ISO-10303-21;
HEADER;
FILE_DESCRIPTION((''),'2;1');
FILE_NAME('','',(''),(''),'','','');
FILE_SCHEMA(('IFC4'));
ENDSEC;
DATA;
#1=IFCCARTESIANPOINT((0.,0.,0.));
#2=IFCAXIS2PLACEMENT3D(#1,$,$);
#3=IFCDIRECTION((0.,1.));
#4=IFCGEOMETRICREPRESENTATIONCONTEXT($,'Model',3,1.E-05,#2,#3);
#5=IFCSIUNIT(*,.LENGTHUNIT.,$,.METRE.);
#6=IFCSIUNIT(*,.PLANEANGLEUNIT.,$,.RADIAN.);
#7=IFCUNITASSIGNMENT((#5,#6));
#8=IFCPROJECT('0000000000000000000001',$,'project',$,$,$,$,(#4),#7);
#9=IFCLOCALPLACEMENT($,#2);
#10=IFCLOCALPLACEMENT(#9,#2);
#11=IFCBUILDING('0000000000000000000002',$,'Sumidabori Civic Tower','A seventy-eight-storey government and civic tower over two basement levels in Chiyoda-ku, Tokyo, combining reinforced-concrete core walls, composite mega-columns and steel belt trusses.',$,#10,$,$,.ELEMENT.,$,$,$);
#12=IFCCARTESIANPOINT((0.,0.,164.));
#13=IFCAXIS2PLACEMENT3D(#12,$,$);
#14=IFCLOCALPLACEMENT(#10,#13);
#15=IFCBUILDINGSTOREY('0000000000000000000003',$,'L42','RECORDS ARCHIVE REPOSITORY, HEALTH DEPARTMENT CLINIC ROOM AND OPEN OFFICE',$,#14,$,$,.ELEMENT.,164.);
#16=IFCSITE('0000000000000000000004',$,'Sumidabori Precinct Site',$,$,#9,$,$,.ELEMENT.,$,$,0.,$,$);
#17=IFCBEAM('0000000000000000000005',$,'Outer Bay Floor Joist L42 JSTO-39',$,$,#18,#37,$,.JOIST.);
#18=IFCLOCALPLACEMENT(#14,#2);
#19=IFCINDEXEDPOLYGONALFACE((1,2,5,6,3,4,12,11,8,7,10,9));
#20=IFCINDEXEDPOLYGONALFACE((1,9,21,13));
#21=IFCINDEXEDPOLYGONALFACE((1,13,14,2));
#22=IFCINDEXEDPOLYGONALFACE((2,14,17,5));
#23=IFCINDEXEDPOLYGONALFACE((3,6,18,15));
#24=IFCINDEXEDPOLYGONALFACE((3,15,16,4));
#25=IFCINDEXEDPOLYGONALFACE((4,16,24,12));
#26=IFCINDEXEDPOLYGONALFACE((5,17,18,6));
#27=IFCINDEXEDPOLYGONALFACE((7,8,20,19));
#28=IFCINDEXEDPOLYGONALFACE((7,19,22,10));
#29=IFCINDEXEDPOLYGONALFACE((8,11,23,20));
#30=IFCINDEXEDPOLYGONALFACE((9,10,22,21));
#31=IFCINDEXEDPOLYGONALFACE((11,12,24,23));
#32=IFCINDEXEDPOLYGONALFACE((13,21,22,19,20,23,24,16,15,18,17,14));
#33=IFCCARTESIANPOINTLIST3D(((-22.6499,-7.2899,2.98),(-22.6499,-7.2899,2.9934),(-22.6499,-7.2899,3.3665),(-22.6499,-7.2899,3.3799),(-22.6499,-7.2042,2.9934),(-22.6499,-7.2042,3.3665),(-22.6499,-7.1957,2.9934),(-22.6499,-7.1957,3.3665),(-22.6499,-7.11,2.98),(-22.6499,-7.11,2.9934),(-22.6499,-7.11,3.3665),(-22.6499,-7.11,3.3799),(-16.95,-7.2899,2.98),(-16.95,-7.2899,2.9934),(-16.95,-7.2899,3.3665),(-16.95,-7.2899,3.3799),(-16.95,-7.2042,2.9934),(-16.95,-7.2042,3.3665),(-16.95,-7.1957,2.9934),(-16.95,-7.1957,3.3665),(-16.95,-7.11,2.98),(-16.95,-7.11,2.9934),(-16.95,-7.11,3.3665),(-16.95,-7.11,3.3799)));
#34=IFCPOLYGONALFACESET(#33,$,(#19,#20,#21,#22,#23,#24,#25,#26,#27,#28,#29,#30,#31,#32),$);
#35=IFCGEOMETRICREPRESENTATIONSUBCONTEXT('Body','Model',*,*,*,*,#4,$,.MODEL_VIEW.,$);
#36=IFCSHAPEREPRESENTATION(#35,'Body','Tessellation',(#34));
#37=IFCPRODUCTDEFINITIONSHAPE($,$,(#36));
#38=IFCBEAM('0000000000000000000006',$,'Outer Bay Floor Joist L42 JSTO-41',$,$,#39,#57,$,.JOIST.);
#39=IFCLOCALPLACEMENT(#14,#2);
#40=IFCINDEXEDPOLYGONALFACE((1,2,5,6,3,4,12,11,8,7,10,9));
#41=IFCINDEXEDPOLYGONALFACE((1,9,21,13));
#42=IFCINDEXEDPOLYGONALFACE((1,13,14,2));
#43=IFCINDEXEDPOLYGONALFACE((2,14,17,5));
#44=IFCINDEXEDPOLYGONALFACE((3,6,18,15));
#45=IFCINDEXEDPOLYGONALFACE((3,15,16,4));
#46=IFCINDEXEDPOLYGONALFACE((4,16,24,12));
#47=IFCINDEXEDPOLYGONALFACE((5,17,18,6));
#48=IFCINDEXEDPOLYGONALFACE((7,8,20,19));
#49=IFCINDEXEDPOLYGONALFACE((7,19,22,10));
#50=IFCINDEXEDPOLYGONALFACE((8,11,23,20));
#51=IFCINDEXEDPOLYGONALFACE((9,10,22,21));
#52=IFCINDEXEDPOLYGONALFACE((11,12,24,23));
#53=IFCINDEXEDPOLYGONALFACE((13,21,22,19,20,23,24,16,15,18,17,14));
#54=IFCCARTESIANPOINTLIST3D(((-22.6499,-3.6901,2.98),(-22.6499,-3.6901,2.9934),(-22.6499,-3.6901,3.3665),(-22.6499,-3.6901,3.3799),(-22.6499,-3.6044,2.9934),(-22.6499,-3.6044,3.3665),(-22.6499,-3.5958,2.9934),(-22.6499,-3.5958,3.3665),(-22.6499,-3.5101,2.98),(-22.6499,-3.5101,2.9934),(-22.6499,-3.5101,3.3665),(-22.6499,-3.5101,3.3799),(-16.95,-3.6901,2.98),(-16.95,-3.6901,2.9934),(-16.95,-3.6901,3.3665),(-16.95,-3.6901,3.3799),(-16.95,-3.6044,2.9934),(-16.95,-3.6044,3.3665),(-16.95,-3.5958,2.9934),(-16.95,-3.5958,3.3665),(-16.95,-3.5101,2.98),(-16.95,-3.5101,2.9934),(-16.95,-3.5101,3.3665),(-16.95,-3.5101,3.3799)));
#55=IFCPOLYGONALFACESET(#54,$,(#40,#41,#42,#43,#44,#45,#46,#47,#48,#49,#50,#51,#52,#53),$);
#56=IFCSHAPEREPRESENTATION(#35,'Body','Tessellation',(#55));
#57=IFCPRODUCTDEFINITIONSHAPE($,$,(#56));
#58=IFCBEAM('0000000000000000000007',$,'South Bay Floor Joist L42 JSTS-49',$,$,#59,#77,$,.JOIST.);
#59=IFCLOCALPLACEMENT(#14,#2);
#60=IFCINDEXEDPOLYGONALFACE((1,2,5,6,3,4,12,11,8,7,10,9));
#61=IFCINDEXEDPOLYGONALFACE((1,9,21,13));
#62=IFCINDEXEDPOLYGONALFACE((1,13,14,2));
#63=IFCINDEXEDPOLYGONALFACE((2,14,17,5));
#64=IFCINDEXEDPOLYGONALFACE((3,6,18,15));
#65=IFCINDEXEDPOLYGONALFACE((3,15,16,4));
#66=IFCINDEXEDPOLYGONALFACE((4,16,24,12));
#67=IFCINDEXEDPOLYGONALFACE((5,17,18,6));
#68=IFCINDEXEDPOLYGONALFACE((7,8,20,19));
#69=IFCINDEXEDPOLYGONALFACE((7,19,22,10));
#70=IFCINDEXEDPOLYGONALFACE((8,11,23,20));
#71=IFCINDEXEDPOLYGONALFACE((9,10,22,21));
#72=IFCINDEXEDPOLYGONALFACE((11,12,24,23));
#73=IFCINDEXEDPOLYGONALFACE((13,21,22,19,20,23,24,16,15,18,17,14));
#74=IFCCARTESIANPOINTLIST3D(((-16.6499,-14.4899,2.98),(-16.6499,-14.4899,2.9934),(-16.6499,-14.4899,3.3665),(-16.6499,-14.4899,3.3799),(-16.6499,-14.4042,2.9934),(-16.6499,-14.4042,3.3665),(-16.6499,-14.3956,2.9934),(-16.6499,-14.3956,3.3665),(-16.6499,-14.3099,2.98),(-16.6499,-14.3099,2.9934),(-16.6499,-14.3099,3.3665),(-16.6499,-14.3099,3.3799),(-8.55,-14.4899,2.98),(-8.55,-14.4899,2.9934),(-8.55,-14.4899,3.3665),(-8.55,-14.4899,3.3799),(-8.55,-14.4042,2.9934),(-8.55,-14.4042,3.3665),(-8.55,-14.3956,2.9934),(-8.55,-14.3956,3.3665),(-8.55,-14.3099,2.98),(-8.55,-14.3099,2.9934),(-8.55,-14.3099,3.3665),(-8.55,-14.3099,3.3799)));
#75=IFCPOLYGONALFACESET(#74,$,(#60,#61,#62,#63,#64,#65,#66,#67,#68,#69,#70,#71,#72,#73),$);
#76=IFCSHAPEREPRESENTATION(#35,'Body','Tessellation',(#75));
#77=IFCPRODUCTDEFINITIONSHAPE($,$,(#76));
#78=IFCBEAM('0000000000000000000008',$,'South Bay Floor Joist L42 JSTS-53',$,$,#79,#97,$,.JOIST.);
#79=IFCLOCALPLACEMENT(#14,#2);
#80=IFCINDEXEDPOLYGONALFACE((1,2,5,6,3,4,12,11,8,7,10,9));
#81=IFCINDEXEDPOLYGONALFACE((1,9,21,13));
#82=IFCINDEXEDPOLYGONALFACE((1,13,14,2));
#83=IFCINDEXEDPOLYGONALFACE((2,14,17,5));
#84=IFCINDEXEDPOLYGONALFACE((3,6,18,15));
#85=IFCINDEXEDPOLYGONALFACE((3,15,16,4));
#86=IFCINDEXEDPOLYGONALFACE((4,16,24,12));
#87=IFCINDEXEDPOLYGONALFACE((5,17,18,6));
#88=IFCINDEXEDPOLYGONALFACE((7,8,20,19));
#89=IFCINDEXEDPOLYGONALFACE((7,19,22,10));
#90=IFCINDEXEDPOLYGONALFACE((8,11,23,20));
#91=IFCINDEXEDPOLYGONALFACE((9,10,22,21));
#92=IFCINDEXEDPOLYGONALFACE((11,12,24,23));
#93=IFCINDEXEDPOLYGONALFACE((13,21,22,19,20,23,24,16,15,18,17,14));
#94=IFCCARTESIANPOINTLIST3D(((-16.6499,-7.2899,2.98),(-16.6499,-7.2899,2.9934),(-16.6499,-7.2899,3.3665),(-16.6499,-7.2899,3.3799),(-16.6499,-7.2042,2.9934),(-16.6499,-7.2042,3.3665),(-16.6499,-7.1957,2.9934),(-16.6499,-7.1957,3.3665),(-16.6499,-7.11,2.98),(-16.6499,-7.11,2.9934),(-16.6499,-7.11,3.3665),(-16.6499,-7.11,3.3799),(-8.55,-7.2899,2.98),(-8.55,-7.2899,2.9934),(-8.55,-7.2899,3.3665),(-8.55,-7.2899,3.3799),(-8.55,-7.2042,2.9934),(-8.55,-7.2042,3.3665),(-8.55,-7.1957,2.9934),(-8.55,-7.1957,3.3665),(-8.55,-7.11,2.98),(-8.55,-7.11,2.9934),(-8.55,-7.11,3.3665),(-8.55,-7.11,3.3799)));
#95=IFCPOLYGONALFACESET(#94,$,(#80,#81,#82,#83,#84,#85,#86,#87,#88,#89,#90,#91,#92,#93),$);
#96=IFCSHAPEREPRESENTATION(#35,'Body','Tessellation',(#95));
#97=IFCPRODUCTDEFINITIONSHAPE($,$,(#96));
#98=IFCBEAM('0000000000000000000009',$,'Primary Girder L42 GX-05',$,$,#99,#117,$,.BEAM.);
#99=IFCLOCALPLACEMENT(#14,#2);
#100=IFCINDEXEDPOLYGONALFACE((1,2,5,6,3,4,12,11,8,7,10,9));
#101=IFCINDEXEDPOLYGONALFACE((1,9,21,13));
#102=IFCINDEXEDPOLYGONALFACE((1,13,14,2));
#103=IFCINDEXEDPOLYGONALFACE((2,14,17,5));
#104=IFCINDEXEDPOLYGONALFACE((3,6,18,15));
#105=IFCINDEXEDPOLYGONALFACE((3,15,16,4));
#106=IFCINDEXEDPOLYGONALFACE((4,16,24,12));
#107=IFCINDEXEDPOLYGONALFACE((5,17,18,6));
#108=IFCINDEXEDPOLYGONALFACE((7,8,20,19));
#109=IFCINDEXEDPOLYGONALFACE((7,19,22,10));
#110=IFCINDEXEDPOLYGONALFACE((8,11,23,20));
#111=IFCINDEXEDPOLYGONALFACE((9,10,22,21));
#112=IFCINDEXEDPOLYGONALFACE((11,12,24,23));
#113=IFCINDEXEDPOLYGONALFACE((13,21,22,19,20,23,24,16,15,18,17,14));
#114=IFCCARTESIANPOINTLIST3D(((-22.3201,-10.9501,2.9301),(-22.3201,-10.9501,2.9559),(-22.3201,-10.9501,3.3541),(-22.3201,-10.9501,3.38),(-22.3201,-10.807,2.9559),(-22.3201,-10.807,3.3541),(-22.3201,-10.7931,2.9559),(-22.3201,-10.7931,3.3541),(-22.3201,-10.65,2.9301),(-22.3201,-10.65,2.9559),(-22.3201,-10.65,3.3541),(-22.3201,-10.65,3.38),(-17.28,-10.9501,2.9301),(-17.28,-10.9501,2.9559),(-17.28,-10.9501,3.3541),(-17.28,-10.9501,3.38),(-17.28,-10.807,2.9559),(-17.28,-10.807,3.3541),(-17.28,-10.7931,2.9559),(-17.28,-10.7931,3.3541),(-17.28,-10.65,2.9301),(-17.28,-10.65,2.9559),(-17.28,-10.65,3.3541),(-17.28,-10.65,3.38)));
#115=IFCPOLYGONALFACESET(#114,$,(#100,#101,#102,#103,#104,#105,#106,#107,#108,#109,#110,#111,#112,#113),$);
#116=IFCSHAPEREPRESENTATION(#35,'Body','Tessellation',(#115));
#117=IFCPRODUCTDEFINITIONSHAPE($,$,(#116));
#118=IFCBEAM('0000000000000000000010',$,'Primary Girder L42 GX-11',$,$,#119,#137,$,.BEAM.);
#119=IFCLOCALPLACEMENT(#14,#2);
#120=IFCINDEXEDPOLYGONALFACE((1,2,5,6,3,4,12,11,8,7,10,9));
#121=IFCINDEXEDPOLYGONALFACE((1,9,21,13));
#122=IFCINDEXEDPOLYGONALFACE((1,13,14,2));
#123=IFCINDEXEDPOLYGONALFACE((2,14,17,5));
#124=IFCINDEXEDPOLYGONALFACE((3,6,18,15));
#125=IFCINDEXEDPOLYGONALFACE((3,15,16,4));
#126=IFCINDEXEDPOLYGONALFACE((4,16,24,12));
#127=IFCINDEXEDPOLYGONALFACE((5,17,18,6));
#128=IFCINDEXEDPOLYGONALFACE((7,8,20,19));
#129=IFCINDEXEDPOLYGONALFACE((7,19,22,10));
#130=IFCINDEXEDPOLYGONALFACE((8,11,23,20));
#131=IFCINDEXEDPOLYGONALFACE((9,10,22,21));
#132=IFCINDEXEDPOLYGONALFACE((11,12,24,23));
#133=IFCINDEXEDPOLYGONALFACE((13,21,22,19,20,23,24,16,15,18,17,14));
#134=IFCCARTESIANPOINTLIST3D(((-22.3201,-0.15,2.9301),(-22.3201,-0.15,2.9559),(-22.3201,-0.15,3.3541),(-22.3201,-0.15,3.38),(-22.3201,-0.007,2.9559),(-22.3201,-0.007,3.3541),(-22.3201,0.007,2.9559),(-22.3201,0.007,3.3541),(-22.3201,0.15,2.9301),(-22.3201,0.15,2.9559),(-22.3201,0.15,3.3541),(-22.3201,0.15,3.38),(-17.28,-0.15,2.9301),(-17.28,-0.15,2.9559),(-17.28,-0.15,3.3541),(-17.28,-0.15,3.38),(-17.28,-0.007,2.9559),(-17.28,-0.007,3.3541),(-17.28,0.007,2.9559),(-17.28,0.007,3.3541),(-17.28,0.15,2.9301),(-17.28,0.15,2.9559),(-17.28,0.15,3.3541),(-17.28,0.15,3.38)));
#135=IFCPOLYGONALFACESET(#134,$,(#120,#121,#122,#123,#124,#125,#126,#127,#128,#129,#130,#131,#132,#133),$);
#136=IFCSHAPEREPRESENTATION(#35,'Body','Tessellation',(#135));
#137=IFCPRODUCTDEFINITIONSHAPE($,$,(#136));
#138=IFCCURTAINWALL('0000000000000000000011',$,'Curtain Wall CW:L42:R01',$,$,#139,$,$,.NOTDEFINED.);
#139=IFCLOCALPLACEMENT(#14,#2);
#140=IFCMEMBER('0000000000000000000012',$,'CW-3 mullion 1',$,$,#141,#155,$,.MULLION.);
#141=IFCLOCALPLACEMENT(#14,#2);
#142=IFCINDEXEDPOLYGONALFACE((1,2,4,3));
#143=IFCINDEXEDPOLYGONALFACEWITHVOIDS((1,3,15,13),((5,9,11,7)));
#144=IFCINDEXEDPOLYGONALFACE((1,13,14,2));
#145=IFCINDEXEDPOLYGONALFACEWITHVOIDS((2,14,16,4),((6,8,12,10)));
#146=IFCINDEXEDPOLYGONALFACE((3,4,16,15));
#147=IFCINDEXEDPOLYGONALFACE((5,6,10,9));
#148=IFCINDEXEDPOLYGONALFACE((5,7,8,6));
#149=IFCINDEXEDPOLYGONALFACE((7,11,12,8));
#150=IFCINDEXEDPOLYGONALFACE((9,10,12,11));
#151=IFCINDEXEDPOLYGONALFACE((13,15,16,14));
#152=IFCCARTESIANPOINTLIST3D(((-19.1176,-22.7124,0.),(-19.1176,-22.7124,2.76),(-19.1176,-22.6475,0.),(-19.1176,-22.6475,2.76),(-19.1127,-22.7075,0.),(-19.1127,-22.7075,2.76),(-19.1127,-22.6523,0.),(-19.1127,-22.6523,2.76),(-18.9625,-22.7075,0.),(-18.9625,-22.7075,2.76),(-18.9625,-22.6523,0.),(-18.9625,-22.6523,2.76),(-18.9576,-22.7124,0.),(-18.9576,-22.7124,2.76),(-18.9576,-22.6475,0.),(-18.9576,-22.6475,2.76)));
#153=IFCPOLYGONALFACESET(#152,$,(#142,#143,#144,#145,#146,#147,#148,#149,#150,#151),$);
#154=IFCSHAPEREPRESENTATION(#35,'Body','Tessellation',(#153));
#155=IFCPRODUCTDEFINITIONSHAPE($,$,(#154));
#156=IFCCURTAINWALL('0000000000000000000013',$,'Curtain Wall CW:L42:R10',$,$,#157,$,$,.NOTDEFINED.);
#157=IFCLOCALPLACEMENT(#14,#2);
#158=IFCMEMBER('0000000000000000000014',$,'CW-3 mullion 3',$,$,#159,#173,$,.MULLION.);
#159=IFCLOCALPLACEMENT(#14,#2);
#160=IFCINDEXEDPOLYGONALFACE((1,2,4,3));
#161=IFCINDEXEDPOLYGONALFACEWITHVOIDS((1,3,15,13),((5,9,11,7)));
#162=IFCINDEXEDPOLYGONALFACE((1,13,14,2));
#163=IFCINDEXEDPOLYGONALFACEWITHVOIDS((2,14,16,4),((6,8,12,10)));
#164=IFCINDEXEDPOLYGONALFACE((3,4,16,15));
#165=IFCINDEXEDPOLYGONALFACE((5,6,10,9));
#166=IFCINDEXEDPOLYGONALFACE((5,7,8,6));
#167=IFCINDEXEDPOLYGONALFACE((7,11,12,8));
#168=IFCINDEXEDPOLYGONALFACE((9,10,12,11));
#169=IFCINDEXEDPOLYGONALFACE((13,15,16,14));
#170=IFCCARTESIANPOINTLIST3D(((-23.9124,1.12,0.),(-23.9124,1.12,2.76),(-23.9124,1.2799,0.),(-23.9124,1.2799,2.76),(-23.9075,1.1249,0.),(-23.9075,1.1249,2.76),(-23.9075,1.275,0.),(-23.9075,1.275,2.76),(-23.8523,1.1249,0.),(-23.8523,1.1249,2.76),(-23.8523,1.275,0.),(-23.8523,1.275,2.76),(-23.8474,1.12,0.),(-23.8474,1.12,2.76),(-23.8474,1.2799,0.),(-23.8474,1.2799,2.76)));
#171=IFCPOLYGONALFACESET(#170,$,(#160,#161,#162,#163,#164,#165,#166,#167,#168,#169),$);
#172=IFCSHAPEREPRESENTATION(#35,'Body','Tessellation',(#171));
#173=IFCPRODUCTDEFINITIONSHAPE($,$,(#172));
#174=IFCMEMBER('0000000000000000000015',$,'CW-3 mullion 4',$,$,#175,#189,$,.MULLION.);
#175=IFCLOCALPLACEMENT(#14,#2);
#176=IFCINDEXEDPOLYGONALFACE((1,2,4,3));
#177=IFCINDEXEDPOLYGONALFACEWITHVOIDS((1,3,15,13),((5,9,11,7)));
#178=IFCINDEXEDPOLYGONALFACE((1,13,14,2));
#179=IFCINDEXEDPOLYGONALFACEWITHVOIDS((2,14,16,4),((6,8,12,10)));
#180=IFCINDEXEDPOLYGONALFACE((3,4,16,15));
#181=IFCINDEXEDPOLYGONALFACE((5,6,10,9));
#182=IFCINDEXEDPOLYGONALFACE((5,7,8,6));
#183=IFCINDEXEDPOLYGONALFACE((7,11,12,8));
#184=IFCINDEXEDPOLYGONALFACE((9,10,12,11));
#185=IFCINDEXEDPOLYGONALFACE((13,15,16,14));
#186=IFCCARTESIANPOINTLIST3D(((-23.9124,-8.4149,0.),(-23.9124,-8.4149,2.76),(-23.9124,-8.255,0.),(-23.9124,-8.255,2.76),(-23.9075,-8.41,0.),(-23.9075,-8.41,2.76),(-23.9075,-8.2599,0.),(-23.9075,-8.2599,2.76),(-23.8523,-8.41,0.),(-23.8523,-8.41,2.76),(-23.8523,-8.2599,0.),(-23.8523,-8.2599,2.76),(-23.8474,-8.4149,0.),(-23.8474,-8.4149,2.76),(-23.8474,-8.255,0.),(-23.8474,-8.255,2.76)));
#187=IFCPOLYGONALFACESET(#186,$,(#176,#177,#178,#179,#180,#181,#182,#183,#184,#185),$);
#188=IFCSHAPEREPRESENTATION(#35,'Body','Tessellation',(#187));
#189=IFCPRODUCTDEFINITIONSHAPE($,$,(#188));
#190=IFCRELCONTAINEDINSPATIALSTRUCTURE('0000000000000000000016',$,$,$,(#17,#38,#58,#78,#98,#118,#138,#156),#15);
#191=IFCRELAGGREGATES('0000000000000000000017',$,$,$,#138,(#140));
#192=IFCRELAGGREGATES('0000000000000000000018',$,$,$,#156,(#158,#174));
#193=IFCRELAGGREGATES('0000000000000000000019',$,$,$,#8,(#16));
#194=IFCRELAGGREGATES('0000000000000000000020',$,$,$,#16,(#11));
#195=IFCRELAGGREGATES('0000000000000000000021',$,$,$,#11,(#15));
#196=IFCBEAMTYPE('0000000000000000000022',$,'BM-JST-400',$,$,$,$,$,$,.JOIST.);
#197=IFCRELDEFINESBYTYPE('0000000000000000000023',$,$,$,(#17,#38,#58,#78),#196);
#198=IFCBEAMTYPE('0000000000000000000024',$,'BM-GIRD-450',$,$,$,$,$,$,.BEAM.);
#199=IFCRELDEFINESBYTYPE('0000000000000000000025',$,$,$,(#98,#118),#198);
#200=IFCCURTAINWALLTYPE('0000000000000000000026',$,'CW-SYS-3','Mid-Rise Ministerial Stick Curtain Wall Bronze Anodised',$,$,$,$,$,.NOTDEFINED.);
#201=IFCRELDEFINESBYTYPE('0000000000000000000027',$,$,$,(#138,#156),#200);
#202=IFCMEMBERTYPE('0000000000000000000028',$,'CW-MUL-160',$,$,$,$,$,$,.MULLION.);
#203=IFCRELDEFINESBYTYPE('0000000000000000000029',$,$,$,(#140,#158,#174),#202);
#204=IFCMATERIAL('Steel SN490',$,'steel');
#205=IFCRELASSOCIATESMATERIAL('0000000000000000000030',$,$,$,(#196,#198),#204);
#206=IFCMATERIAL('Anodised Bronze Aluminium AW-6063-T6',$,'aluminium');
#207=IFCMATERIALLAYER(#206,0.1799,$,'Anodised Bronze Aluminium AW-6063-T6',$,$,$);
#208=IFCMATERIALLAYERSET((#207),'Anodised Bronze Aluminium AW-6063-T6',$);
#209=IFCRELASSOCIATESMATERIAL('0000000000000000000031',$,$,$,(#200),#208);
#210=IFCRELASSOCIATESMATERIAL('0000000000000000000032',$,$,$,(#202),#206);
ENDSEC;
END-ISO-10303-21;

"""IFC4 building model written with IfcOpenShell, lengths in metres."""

from ifc_helpers import new_model, si_unit, direction, frame, origin, origin_2d, place, context, subcontext, project, spatial, hollow_rectangle, i_section, extrude, source, transform, mapped, material, layer, layer_set, material_profile, profile_set, type_object, element, aggregate, save


model = new_model("IFC4")

# Units and contexts
model_context = context("Model", 3, precision=1e-05, world=origin(), true_north=direction((0.0, 1.0)))
body_context = subcontext(model_context, "Body", "Model", "MODEL_VIEW")
ifc_project = project(units=[si_unit("LENGTHUNIT", "METRE"), si_unit("PLANEANGLEUNIT", "RADIAN")], contexts=[model_context])

# Site, building, storey
site_placement = place(None, origin())
site = spatial("IfcSite", under=ifc_project, at=site_placement, Name="Sumidabori Precinct Site", CompositionType="ELEMENT", RefElevation=0.0)
building_placement = place(site_placement, origin())
building = spatial("IfcBuilding", under=site, at=building_placement, Name="Sumidabori Civic Tower", Description="A seventy-eight-storey government and civic tower over two basement levels in Chiyoda-ku, Tokyo, combining reinforced-concrete core walls, composite mega-columns and steel belt trusses.", CompositionType="ELEMENT")
storey_placement = place(building_placement, frame((0.0, 0.0, 164.0)))
storey = spatial("IfcBuildingStorey", under=building, at=storey_placement, Name="L42", Description="RECORDS ARCHIVE REPOSITORY, HEALTH DEPARTMENT CLINIC ROOM AND OPEN OFFICE", CompositionType="ELEMENT", Elevation=164.0)

# Beams
ifc_material_1 = material(Name="Steel SN490", Category="steel")
ifc_material_profile_1 = material_profile(ifc_material_1, i_section(OverallWidth=0.1799, OverallDepth=0.3999, WebThickness=0.0085, FlangeThickness=0.0134, at=origin_2d()), Name="IPE 400")
ifc_profile_set_1 = profile_set([ifc_material_profile_1], Name="Steel SN490")
beam_type_1 = type_object("IfcBeamType", Name="BM-JST-400", PredefinedType="JOIST", material=ifc_profile_set_1)
shared_shape_1 = source(origin(), body_context, "Body", "SweptSolid", [
    extrude(i_section(OverallWidth=0.1799, OverallDepth=0.3999, WebThickness=0.0085, FlangeThickness=0.0134, at=origin_2d()), origin(), (0.0, 0.0, 1.0), 5.7),
])
for number, where, z_axis, x_axis, name in (
    (1, (-22.6499, -7.2, 3.1799), (1.0, 0.0, 0.0), (0.0, 1.0, 0.0), "Outer Bay Floor Joist L42 JSTO-39"),
    (2, (-22.6499, -3.6001, 3.1799), (1.0, 0.0, 0.0), (0.0, 1.0, 0.0), "Outer Bay Floor Joist L42 JSTO-41"),
):
    element("IfcBeam", number, at=place(storey_placement, frame(where, z_axis=z_axis, x_axis=x_axis)), inside=storey, type_object=beam_type_1, Name=name, PredefinedType="JOIST", context=body_context, shape_type="MappedRepresentation", body=[
        mapped(shared_shape_1, transform((0.0, 0.0, 0.0), x_axis=(1.0, 0.0, 0.0), y_axis=(0.0, 1.0, 0.0), z_axis=(0.0, 0.0, 1.0), scale=1.0)),
    ])
shared_shape_2 = source(origin(), body_context, "Body", "SweptSolid", [
    extrude(i_section(OverallWidth=0.1799, OverallDepth=0.3999, WebThickness=0.0085, FlangeThickness=0.0134, at=origin_2d()), origin(), (0.0, 0.0, 1.0), 8.0999),
])
for number, where, z_axis, x_axis, name in (
    (3, (-16.6499, -14.3999, 3.1799), (1.0, 0.0, 0.0), (0.0, 1.0, 0.0), "South Bay Floor Joist L42 JSTS-49"),
    (4, (-16.6499, -7.2, 3.1799), (1.0, 0.0, 0.0), (0.0, 1.0, 0.0), "South Bay Floor Joist L42 JSTS-53"),
):
    element("IfcBeam", number, at=place(storey_placement, frame(where, z_axis=z_axis, x_axis=x_axis)), inside=storey, type_object=beam_type_1, Name=name, PredefinedType="JOIST", context=body_context, shape_type="MappedRepresentation", body=[
        mapped(shared_shape_2, transform((0.0, 0.0, 0.0), x_axis=(1.0, 0.0, 0.0), y_axis=(0.0, 1.0, 0.0), z_axis=(0.0, 0.0, 1.0), scale=1.0)),
    ])
ifc_material_profile_2 = material_profile(ifc_material_1, i_section(OverallWidth=0.3, OverallDepth=0.45, WebThickness=0.0139, FlangeThickness=0.0259, at=origin_2d()), Name="HE 450 B")
ifc_profile_set_2 = profile_set([ifc_material_profile_2], Name="Steel SN490")
beam_type_2 = type_object("IfcBeamType", Name="BM-GIRD-450", PredefinedType="BEAM", material=ifc_profile_set_2)
shared_shape_3 = source(origin(), body_context, "Body", "SweptSolid", [
    extrude(i_section(OverallWidth=0.3, OverallDepth=0.45, WebThickness=0.0139, FlangeThickness=0.0259, at=origin_2d()), origin(), (0.0, 0.0, 1.0), 5.04),
])
for number, where, z_axis, x_axis, name in (
    (5, (-22.3201, -10.8, 3.155), (1.0, 0.0, 0.0), (0.0, 1.0, 0.0), "Primary Girder L42 GX-05"),
    (6, (-22.3201, 0.0, 3.155), (1.0, 0.0, 0.0), (0.0, 1.0, 0.0), "Primary Girder L42 GX-11"),
):
    element("IfcBeam", number, at=place(storey_placement, frame(where, z_axis=z_axis, x_axis=x_axis)), inside=storey, type_object=beam_type_2, Name=name, PredefinedType="BEAM", context=body_context, shape_type="MappedRepresentation", body=[
        mapped(shared_shape_3, transform((0.0, 0.0, 0.0), x_axis=(1.0, 0.0, 0.0), y_axis=(0.0, 1.0, 0.0), z_axis=(0.0, 0.0, 1.0), scale=1.0)),
    ])

# Curtain wall, member
ifc_material_2 = material(Name="Anodised Bronze Aluminium AW-6063-T6", Category="aluminium")
ifc_layer_1 = layer(ifc_material_2, 0.1799, Name="Anodised Bronze Aluminium AW-6063-T6")
ifc_layer_set_1 = layer_set([ifc_layer_1], Name="Anodised Bronze Aluminium AW-6063-T6")
curtain_wall_type = type_object("IfcCurtainWallType", Name="CW-SYS-3", Description="Mid-Rise Ministerial Stick Curtain Wall Bronze Anodised", PredefinedType="NOTDEFINED", material=ifc_layer_set_1)
curtain_wall_1_placement = place(storey_placement, origin())
curtain_wall_1 = element("IfcCurtainWall", 7, at=curtain_wall_1_placement, inside=storey, type_object=curtain_wall_type, Name="Curtain Wall CW:L42:R01", PredefinedType="NOTDEFINED")
ifc_material_profile_3 = material_profile(ifc_material_2, hollow_rectangle(XDim=0.0649, YDim=0.1599, WallThickness=0.0049, at=origin_2d()), Name="ALU MULLION 160x65")
ifc_profile_set_3 = profile_set([ifc_material_profile_3], Name="Anodised Bronze Aluminium AW-6063-T6")
member_type_1 = type_object("IfcMemberType", Name="CW-MUL-160", PredefinedType="MULLION", material=ifc_profile_set_3)
shared_shape_4 = source(origin(), body_context, "Body", "SweptSolid", [
    extrude(hollow_rectangle(XDim=0.0649, YDim=0.1599, WallThickness=0.0049, at=origin_2d()), origin(), (0.0, 0.0, 1.0), 2.76),
])
member_1_placement = place(storey_placement, frame((-19.0376, -22.6799, 0.0), z_axis=(0.0, 0.0, 1.0), x_axis=(0.0, 1.0, 0.0)))
member_1 = element("IfcMember", 8, at=member_1_placement, type_object=member_type_1, Name="CW-3 mullion 1", PredefinedType="MULLION", context=body_context, shape_type="MappedRepresentation", body=[
    mapped(shared_shape_4, transform((0.0, 0.0, 0.0), x_axis=(1.0, 0.0, 0.0), y_axis=(0.0, 1.0, 0.0), z_axis=(0.0, 0.0, 1.0), scale=1.0)),
])

# Curtain wall, members
curtain_wall_2_placement = place(storey_placement, origin())
curtain_wall_2 = element("IfcCurtainWall", 9, at=curtain_wall_2_placement, inside=storey, type_object=curtain_wall_type, Name="Curtain Wall CW:L42:R10", PredefinedType="NOTDEFINED")
member_2_placement = place(storey_placement, frame((-23.8799, 1.2, 0.0), z_axis=(0.0, 0.0, 1.0), x_axis=(1.0, 0.0, 0.0)))
member_2 = element("IfcMember", 10, at=member_2_placement, type_object=member_type_1, Name="CW-3 mullion 3", PredefinedType="MULLION", context=body_context, shape_type="MappedRepresentation", body=[
    mapped(shared_shape_4, transform((0.0, 0.0, 0.0), x_axis=(1.0, 0.0, 0.0), y_axis=(0.0, 1.0, 0.0), z_axis=(0.0, 0.0, 1.0), scale=1.0)),
])
member_3_placement = place(storey_placement, frame((-23.8799, -8.335, 0.0), z_axis=(0.0, 0.0, 1.0), x_axis=(1.0, 0.0, 0.0)))
member_3 = element("IfcMember", 11, at=member_3_placement, type_object=member_type_1, Name="CW-3 mullion 4", PredefinedType="MULLION", context=body_context, shape_type="MappedRepresentation", body=[
    mapped(shared_shape_4, transform((0.0, 0.0, 0.0), x_axis=(1.0, 0.0, 0.0), y_axis=(0.0, 1.0, 0.0), z_axis=(0.0, 0.0, 1.0), scale=1.0)),
])

aggregate(curtain_wall_1, [member_1])

aggregate(curtain_wall_2, [member_2, member_3])

save(model, "model.ifc")
